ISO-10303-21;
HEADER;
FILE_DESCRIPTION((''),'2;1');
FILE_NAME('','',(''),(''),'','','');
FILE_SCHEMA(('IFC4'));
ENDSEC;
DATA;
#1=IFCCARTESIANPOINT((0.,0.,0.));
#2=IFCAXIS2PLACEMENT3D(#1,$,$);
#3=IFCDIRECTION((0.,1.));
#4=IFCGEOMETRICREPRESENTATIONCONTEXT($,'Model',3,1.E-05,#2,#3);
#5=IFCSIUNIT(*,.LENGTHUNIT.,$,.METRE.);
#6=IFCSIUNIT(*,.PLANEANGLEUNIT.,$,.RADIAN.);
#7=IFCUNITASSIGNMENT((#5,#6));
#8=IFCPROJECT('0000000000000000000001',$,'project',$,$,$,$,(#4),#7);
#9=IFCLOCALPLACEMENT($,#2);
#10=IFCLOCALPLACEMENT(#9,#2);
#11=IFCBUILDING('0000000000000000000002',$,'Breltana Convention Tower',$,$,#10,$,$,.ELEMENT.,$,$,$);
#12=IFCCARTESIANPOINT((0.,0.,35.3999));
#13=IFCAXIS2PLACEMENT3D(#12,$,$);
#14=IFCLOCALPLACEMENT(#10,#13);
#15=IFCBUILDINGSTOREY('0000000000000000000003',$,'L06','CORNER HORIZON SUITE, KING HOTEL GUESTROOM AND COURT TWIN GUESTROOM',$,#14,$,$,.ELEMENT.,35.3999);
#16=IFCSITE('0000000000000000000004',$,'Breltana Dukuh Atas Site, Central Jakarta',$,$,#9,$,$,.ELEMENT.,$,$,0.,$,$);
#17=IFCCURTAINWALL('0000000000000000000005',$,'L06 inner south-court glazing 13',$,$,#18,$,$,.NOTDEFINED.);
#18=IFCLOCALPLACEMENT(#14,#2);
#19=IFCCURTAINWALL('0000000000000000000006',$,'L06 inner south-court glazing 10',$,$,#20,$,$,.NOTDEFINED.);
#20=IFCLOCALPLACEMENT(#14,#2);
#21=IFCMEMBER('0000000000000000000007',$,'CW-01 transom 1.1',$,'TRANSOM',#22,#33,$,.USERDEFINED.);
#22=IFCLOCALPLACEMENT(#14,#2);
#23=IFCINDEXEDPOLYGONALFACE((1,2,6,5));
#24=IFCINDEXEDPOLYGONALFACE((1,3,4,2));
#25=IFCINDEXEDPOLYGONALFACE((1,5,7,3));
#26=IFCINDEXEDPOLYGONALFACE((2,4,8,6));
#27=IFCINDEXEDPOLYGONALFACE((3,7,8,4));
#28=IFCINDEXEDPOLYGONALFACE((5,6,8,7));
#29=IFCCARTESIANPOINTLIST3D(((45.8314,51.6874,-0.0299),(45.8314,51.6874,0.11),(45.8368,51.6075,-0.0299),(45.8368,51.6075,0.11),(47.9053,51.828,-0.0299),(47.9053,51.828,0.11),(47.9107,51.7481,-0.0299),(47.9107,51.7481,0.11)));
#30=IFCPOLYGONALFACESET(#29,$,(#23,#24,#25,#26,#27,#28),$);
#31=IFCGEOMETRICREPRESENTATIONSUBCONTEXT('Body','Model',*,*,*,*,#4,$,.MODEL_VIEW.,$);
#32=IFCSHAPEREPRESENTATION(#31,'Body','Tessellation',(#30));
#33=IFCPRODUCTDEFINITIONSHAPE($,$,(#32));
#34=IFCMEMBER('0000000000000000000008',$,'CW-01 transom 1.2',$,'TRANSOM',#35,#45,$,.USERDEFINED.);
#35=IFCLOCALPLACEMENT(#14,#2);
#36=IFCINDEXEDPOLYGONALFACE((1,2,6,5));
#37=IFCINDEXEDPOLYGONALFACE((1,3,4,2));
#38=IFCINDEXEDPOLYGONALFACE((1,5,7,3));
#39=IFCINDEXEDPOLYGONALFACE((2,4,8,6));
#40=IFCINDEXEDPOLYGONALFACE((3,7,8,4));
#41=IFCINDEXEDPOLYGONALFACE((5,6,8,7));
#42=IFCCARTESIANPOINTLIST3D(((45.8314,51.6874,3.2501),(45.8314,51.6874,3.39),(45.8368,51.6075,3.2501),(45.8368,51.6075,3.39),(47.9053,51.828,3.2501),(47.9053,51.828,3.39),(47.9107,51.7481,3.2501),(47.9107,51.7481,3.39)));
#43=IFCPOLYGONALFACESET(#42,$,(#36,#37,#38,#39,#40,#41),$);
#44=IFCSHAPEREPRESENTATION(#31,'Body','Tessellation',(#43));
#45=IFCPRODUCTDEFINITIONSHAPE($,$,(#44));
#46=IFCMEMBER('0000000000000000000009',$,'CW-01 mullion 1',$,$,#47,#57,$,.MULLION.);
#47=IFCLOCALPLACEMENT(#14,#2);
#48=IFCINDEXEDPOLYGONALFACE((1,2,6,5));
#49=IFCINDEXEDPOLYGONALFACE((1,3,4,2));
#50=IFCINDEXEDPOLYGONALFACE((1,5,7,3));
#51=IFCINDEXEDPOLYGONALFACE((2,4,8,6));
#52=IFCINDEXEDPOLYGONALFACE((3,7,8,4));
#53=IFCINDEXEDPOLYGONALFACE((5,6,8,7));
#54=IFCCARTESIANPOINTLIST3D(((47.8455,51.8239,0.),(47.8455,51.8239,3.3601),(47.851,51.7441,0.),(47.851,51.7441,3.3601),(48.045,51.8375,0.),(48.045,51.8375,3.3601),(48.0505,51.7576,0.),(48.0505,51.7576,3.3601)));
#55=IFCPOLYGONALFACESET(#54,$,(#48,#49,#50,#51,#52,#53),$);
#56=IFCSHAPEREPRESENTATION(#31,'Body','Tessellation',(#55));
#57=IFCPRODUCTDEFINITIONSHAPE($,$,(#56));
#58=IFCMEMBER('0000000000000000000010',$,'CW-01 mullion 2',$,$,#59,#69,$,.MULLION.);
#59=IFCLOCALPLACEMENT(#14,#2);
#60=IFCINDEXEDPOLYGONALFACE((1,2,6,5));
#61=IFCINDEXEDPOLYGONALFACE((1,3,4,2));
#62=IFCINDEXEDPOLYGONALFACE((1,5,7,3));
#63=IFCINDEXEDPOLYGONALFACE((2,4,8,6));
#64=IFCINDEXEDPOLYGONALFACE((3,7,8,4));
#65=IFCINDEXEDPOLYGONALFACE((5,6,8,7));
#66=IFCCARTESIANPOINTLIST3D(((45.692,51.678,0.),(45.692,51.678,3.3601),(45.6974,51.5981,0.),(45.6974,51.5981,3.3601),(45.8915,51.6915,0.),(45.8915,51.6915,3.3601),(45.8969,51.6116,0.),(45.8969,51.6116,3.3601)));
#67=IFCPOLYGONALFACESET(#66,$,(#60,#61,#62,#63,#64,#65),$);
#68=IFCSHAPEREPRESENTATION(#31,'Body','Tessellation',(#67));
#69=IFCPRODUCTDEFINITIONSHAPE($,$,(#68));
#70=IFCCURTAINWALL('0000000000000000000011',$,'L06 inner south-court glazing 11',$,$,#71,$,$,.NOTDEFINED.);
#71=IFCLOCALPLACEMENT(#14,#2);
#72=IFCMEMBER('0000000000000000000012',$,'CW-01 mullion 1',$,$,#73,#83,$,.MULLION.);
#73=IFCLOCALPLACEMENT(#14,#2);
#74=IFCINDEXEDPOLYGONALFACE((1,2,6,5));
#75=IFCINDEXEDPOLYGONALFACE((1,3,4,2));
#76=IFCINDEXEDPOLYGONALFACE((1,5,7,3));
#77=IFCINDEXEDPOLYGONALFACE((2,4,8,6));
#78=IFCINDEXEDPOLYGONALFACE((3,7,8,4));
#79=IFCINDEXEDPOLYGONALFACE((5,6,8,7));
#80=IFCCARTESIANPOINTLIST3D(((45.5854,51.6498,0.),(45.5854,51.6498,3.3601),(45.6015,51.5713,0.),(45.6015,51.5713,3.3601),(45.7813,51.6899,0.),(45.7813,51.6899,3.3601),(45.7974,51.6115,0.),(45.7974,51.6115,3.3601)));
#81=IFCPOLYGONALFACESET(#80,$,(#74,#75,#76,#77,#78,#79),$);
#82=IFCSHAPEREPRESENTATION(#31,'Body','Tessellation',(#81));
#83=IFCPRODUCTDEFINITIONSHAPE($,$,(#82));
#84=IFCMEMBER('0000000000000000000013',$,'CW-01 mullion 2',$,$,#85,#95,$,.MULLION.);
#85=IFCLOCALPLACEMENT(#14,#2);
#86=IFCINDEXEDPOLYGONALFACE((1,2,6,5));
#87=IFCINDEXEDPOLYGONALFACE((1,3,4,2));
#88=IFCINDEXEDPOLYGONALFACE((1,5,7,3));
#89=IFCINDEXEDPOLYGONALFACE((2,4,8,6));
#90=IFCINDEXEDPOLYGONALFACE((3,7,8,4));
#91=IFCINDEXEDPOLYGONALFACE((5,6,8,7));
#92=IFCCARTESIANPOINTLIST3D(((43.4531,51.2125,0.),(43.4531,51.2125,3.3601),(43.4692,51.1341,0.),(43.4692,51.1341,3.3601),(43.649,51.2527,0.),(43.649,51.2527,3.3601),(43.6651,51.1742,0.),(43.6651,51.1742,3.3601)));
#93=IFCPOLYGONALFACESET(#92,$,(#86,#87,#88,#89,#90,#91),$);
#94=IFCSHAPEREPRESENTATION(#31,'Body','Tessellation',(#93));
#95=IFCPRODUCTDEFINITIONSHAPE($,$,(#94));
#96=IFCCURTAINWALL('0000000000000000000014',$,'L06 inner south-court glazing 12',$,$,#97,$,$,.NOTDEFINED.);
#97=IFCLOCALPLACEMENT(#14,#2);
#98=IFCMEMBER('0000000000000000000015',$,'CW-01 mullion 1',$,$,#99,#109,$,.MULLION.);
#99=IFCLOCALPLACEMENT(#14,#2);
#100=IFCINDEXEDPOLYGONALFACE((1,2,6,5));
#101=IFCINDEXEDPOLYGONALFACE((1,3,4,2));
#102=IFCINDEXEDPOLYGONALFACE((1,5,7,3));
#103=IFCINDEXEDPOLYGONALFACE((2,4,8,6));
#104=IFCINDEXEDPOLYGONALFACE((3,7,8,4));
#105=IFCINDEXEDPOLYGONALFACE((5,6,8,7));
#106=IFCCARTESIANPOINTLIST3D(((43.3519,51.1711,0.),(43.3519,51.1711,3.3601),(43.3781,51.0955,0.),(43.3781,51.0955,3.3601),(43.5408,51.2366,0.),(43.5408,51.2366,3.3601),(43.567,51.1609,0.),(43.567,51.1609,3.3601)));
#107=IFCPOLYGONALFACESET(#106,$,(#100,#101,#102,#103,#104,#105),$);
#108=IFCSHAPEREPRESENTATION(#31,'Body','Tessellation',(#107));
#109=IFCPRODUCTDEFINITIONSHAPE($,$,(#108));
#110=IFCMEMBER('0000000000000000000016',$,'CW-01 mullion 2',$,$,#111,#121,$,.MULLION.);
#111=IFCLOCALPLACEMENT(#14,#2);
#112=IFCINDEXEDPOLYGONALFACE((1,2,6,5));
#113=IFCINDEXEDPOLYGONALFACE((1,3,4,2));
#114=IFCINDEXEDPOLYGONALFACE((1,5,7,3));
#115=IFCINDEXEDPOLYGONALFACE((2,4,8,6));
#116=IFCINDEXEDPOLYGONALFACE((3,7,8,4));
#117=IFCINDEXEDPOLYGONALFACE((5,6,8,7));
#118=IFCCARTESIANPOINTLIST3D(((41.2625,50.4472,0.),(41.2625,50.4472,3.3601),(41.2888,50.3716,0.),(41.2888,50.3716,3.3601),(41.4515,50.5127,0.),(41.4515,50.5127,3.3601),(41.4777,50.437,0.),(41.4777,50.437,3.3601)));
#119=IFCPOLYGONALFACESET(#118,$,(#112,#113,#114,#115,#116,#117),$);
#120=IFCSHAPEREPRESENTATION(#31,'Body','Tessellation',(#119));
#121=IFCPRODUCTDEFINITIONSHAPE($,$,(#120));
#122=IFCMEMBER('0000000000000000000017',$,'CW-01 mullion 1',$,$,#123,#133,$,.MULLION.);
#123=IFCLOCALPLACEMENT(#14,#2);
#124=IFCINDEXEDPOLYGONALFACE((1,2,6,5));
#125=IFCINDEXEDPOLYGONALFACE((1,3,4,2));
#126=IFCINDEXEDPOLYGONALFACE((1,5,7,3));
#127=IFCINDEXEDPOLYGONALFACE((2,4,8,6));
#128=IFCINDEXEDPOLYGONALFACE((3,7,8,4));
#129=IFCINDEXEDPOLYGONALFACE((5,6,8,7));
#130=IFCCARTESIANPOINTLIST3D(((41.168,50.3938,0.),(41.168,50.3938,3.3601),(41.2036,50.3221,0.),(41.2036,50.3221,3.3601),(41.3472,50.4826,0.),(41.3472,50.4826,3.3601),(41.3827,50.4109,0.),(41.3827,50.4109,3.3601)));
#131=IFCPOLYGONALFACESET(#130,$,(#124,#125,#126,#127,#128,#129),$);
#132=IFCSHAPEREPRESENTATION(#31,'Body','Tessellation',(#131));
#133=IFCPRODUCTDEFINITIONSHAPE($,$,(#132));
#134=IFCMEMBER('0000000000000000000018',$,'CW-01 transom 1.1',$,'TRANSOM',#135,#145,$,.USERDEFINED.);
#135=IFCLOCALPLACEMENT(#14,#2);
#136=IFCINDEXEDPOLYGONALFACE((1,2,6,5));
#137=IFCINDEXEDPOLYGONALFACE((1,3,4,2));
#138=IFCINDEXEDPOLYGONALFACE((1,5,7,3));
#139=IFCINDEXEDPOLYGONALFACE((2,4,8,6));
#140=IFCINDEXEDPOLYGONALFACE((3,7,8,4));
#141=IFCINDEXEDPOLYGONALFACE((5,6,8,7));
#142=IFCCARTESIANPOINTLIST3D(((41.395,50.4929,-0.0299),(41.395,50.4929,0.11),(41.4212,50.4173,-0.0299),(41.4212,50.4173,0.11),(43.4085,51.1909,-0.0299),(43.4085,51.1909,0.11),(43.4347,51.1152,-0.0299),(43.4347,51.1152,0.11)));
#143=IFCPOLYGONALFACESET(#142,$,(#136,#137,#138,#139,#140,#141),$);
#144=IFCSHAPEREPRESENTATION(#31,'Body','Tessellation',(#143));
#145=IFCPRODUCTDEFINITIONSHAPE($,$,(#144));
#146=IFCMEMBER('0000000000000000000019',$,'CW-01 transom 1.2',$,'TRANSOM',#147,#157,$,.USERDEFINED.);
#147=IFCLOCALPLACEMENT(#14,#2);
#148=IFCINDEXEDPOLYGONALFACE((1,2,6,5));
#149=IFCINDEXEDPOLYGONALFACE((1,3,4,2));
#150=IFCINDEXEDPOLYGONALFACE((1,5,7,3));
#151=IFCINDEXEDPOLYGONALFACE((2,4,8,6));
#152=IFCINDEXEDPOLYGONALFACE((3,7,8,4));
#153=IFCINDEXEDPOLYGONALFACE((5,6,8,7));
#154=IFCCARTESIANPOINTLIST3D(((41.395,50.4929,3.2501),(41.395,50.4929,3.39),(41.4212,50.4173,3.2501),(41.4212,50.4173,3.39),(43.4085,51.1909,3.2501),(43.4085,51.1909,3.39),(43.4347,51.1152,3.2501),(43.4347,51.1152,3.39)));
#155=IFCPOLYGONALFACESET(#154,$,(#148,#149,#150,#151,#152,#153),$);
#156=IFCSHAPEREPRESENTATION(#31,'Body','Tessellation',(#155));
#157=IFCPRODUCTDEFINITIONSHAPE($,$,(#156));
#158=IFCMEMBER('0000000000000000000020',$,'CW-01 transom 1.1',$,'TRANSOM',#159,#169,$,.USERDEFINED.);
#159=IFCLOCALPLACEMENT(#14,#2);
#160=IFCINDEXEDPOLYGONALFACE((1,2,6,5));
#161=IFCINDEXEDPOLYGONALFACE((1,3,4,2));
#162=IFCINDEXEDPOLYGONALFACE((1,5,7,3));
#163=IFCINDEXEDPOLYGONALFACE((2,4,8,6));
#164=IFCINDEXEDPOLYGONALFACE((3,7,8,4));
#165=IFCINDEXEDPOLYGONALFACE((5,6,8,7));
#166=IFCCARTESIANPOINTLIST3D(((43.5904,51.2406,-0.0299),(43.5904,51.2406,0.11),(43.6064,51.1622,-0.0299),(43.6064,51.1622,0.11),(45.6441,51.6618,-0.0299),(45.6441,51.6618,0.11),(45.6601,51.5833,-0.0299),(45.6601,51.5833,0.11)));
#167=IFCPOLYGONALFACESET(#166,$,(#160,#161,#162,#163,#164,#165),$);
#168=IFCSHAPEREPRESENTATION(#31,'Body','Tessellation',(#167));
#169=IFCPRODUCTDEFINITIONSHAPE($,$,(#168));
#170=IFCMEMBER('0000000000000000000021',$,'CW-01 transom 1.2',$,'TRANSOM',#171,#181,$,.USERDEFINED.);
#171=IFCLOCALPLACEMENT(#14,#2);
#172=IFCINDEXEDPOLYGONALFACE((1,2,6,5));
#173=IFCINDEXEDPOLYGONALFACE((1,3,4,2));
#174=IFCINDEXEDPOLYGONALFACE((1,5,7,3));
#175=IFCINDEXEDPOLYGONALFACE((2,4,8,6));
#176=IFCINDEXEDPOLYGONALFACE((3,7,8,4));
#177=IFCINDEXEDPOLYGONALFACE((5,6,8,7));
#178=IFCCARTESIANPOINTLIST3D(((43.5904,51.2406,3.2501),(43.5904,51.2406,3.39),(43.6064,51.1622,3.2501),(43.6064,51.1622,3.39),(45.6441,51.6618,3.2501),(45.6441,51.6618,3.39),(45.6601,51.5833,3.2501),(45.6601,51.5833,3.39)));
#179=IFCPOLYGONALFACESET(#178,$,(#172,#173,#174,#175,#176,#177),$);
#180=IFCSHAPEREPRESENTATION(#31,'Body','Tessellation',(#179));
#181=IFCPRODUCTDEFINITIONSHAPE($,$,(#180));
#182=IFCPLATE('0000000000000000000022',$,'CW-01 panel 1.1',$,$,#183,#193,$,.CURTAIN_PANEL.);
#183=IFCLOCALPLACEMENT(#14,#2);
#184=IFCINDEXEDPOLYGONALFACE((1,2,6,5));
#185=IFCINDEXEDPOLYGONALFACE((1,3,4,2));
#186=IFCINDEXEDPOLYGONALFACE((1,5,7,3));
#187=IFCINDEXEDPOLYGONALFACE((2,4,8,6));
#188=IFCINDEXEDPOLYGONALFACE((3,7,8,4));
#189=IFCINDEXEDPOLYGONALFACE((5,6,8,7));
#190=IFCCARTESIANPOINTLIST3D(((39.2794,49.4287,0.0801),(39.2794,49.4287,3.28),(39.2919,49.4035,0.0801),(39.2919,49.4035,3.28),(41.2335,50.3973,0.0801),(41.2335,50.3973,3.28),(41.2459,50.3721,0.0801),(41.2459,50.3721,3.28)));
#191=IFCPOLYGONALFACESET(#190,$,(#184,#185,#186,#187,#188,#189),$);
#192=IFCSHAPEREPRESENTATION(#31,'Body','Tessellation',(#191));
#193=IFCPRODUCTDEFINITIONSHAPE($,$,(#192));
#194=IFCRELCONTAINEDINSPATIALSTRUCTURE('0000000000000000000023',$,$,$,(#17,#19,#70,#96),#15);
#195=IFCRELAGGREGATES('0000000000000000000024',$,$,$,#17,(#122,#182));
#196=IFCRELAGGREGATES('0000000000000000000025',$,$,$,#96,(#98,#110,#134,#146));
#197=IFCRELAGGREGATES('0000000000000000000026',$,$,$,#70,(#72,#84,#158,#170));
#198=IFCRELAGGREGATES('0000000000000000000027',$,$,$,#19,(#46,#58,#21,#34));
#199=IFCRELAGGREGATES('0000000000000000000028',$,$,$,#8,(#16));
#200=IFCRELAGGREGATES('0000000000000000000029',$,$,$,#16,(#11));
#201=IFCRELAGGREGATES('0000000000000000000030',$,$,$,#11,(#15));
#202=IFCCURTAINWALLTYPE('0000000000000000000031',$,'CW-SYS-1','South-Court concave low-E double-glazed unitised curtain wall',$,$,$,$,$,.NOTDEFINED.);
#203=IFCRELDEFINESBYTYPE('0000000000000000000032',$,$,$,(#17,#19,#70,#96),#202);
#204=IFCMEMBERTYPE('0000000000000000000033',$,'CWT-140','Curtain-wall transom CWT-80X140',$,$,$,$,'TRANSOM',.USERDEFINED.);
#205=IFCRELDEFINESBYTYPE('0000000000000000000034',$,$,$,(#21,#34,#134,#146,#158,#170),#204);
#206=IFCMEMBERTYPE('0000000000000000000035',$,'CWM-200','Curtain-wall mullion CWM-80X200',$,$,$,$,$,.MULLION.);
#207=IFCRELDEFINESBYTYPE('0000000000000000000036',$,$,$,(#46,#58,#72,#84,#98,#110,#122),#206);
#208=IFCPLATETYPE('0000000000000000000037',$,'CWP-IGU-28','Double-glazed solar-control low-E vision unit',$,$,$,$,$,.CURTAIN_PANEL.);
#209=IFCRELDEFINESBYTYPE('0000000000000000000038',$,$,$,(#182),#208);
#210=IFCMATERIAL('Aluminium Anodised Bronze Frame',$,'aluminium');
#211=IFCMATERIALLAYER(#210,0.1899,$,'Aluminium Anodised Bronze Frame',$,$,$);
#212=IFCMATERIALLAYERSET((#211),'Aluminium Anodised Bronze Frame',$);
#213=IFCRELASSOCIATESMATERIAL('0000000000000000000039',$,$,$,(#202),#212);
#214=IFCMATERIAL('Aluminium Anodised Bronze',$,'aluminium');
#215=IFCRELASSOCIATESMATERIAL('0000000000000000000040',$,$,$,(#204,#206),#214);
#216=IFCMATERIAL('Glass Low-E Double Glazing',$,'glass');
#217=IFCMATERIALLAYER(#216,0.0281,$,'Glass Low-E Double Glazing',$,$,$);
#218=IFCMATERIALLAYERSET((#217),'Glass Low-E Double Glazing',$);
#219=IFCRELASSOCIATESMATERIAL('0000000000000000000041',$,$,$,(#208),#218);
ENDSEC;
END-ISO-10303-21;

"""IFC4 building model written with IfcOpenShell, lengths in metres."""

from ifc_helpers import new_model, si_unit, direction, frame, origin, origin_2d, place, context, subcontext, project, spatial, rectangle, extrude, source, transform, mapped, material, layer, layer_set, material_profile, profile_set, type_object, element, aggregate, save


model = new_model("IFC4")

# Units and contexts
model_context = context("Model", 3, precision=1e-05, world=origin(), true_north=direction((0.0, 1.0)))
body_context = subcontext(model_context, "Body", "Model", "MODEL_VIEW")
ifc_project = project(units=[si_unit("LENGTHUNIT", "METRE"), si_unit("PLANEANGLEUNIT", "RADIAN")], contexts=[model_context])

# Site, building, storey
site_placement = place(None, origin())
site = spatial("IfcSite", under=ifc_project, at=site_placement, Name="Breltana Dukuh Atas Site, Central Jakarta", CompositionType="ELEMENT", RefElevation=0.0)
building_placement = place(site_placement, origin())
building = spatial("IfcBuilding", under=site, at=building_placement, Name="Breltana Convention Tower", CompositionType="ELEMENT")
storey_placement = place(building_placement, frame((0.0, 0.0, 35.3999)))
storey = spatial("IfcBuildingStorey", under=building, at=storey_placement, Name="L06", Description="CORNER HORIZON SUITE, KING HOTEL GUESTROOM AND COURT TWIN GUESTROOM", CompositionType="ELEMENT", Elevation=35.3999)

# Curtain walls, members
ifc_material_1 = material(Name="Aluminium Anodised Bronze Frame", Category="aluminium")
ifc_layer_1 = layer(ifc_material_1, 0.1899, Name="Aluminium Anodised Bronze Frame")
ifc_layer_set_1 = layer_set([ifc_layer_1], Name="Aluminium Anodised Bronze Frame")
curtain_wall_type = type_object("IfcCurtainWallType", Name="CW-SYS-1", Description="South-Court concave low-E double-glazed unitised curtain wall", PredefinedType="NOTDEFINED", material=ifc_layer_set_1)
curtain_wall_1_placement = place(storey_placement, origin())
curtain_wall_1 = element("IfcCurtainWall", 1, at=curtain_wall_1_placement, inside=storey, type_object=curtain_wall_type, Name="L06 inner south-court glazing 13", PredefinedType="NOTDEFINED")
ifc_material_2 = material(Name="Aluminium Anodised Bronze", Category="aluminium")
ifc_material_profile_1 = material_profile(ifc_material_2, rectangle(XDim=0.0801, YDim=0.1399, at=origin_2d()), Name="CWT-80X140")
ifc_profile_set_1 = profile_set([ifc_material_profile_1], Name="Aluminium Anodised Bronze")
member_type_1 = type_object("IfcMemberType", Name="CWT-140", Description="Curtain-wall transom CWT-80X140", ElementType="TRANSOM", PredefinedType="USERDEFINED", material=ifc_profile_set_1)
curtain_wall_2_placement = place(storey_placement, origin())
curtain_wall_2 = element("IfcCurtainWall", 2, at=curtain_wall_2_placement, inside=storey, type_object=curtain_wall_type, Name="L06 inner south-court glazing 10", PredefinedType="NOTDEFINED")
shared_shape_1 = source(origin(), body_context, "Body", "SweptSolid", [
    extrude(rectangle(XDim=0.0801, YDim=0.1399, at=origin_2d()), origin(), (0.0, 0.0, 1.0), 2.0786),
])
member_1_placement = place(storey_placement, frame((47.908, 51.7881, 0.04), z_axis=(-0.997709, -0.067657, 0.0), x_axis=(0.067657, -0.997709, 0.0)))
member_1 = element("IfcMember", 3, at=member_1_placement, type_object=member_type_1, Name="CW-01 transom 1.1", ObjectType="TRANSOM", PredefinedType="USERDEFINED", context=body_context, shape_type="MappedRepresentation", body=[
    mapped(shared_shape_1, transform((0.0, 0.0, 0.0), scale=1.0)),
])
member_2_placement = place(storey_placement, frame((47.908, 51.7881, 3.3201), z_axis=(-0.997709, -0.067657, 0.0), x_axis=(0.067657, -0.997709, 0.0)))
member_2 = element("IfcMember", 4, at=member_2_placement, type_object=member_type_1, Name="CW-01 transom 1.2", ObjectType="TRANSOM", PredefinedType="USERDEFINED", context=body_context, shape_type="MappedRepresentation", body=[
    mapped(shared_shape_1, transform((0.0, 0.0, 0.0), scale=1.0)),
])
ifc_material_profile_2 = material_profile(ifc_material_2, rectangle(XDim=0.0801, YDim=0.2, at=origin_2d()), Name="CWM-80X200")
ifc_profile_set_2 = profile_set([ifc_material_profile_2], Name="Aluminium Anodised Bronze")
member_type_2 = type_object("IfcMemberType", Name="CWM-200", Description="Curtain-wall mullion CWM-80X200", PredefinedType="MULLION", material=ifc_profile_set_2)
shared_shape_2 = source(origin(), body_context, "Body", "SweptSolid", [
    extrude(rectangle(XDim=0.0801, YDim=0.2, at=origin_2d()), origin(), (0.0, 0.0, 1.0), 3.3601),
])
member_3_placement = place(storey_placement, frame((47.948, 51.7908, 0.0), z_axis=(0.0, 0.0, 1.0), x_axis=(0.067726, -0.997704, 0.0)))
member_3 = element("IfcMember", 5, at=member_3_placement, type_object=member_type_2, Name="CW-01 mullion 1", PredefinedType="MULLION", context=body_context, shape_type="MappedRepresentation", body=[
    mapped(shared_shape_2, transform((0.0, 0.0, 0.0), scale=1.0)),
])
member_4_placement = place(storey_placement, frame((45.7944, 51.6448, 0.0), z_axis=(0.0, 0.0, 1.0), x_axis=(0.067726, -0.997704, 0.0)))
member_4 = element("IfcMember", 6, at=member_4_placement, type_object=member_type_2, Name="CW-01 mullion 2", PredefinedType="MULLION", context=body_context, shape_type="MappedRepresentation", body=[
    mapped(shared_shape_2, transform((0.0, 0.0, 0.0), scale=1.0)),
])
curtain_wall_3_placement = place(storey_placement, origin())
curtain_wall_3 = element("IfcCurtainWall", 7, at=curtain_wall_3_placement, inside=storey, type_object=curtain_wall_type, Name="L06 inner south-court glazing 11", PredefinedType="NOTDEFINED")
member_5_placement = place(storey_placement, frame((45.6914, 51.6306, 0.0), z_axis=(0.0, 0.0, 1.0), x_axis=(0.200886, -0.979615, 0.0)))
member_5 = element("IfcMember", 8, at=member_5_placement, type_object=member_type_2, Name="CW-01 mullion 1", PredefinedType="MULLION", context=body_context, shape_type="MappedRepresentation", body=[
    mapped(shared_shape_2, transform((0.0, 0.0, 0.0), scale=1.0)),
])
member_6_placement = place(storey_placement, frame((43.5591, 51.1934, 0.0), z_axis=(0.0, 0.0, 1.0), x_axis=(0.200886, -0.979615, 0.0)))
member_6 = element("IfcMember", 9, at=member_6_placement, type_object=member_type_2, Name="CW-01 mullion 2", PredefinedType="MULLION", context=body_context, shape_type="MappedRepresentation", body=[
    mapped(shared_shape_2, transform((0.0, 0.0, 0.0), scale=1.0)),
])
curtain_wall_4_placement = place(storey_placement, origin())
curtain_wall_4 = element("IfcCurtainWall", 10, at=curtain_wall_4_placement, inside=storey, type_object=curtain_wall_type, Name="L06 inner south-court glazing 12", PredefinedType="NOTDEFINED")
member_7_placement = place(storey_placement, frame((43.4595, 51.166, 0.0), z_axis=(0.0, 0.0, 1.0), x_axis=(0.327413, -0.944881, 0.0)))
member_7 = element("IfcMember", 11, at=member_7_placement, type_object=member_type_2, Name="CW-01 mullion 1", PredefinedType="MULLION", context=body_context, shape_type="MappedRepresentation", body=[
    mapped(shared_shape_2, transform((0.0, 0.0, 0.0), scale=1.0)),
])
member_8_placement = place(storey_placement, frame((41.3701, 50.4421, 0.0), z_axis=(0.0, 0.0, 1.0), x_axis=(0.327413, -0.944881, 0.0)))
member_8 = element("IfcMember", 12, at=member_8_placement, type_object=member_type_2, Name="CW-01 mullion 2", PredefinedType="MULLION", context=body_context, shape_type="MappedRepresentation", body=[
    mapped(shared_shape_2, transform((0.0, 0.0, 0.0), scale=1.0)),
])

# Members
member_9_placement = place(storey_placement, frame((41.2754, 50.4023, 0.0), z_axis=(0.0, 0.0, 1.0), x_axis=(0.444118, -0.895968, 0.0)))
member_9 = element("IfcMember", 13, at=member_9_placement, type_object=member_type_2, Name="CW-01 mullion 1", PredefinedType="MULLION", context=body_context, shape_type="MappedRepresentation", body=[
    mapped(shared_shape_2, transform((0.0, 0.0, 0.0), scale=1.0)),
])
shared_shape_3 = source(origin(), body_context, "Body", "SweptSolid", [
    extrude(rectangle(XDim=0.0801, YDim=0.1399, at=origin_2d()), origin(), (0.0, 0.0, 1.0), 2.1311),
])
member_10_placement = place(storey_placement, frame((43.4216, 51.1531, 0.04), z_axis=(-0.944847, -0.327512, 0.0), x_axis=(0.327512, -0.944847, 0.0)))
member_10 = element("IfcMember", 14, at=member_10_placement, type_object=member_type_1, Name="CW-01 transom 1.1", ObjectType="TRANSOM", PredefinedType="USERDEFINED", context=body_context, shape_type="MappedRepresentation", body=[
    mapped(shared_shape_3, transform((0.0, 0.0, 0.0), scale=1.0)),
])
member_11_placement = place(storey_placement, frame((43.4216, 51.1531, 3.3201), z_axis=(-0.944847, -0.327512, 0.0), x_axis=(0.327512, -0.944847, 0.0)))
member_11 = element("IfcMember", 15, at=member_11_placement, type_object=member_type_1, Name="CW-01 transom 1.2", ObjectType="TRANSOM", PredefinedType="USERDEFINED", context=body_context, shape_type="MappedRepresentation", body=[
    mapped(shared_shape_3, transform((0.0, 0.0, 0.0), scale=1.0)),
])
shared_shape_4 = source(origin(), body_context, "Body", "SweptSolid", [
    extrude(rectangle(XDim=0.0801, YDim=0.1399, at=origin_2d()), origin(), (0.0, 0.0, 1.0), 2.0964),
])
member_12_placement = place(storey_placement, frame((45.6521, 51.6226, 0.04), z_axis=(-0.979615, -0.200884, 0.0), x_axis=(0.200884, -0.979615, 0.0)))
member_12 = element("IfcMember", 16, at=member_12_placement, type_object=member_type_1, Name="CW-01 transom 1.1", ObjectType="TRANSOM", PredefinedType="USERDEFINED", context=body_context, shape_type="MappedRepresentation", body=[
    mapped(shared_shape_4, transform((0.0, 0.0, 0.0), scale=1.0)),
])
member_13_placement = place(storey_placement, frame((45.6521, 51.6226, 3.3201), z_axis=(-0.979615, -0.200884, 0.0), x_axis=(0.200884, -0.979615, 0.0)))
member_13 = element("IfcMember", 17, at=member_13_placement, type_object=member_type_1, Name="CW-01 transom 1.2", ObjectType="TRANSOM", PredefinedType="USERDEFINED", context=body_context, shape_type="MappedRepresentation", body=[
    mapped(shared_shape_4, transform((0.0, 0.0, 0.0), scale=1.0)),
])

# Plate
ifc_material_3 = material(Name="Glass Low-E Double Glazing", Category="glass")
ifc_layer_2 = layer(ifc_material_3, 0.0281, Name="Glass Low-E Double Glazing")
ifc_layer_set_2 = layer_set([ifc_layer_2], Name="Glass Low-E Double Glazing")
plate_type = type_object("IfcPlateType", Name="CWP-IGU-28", Description="Double-glazed solar-control low-E vision unit", PredefinedType="CURTAIN_PANEL", material=ifc_layer_set_2)
shared_shape_5 = source(origin(), body_context, "Body", "SweptSolid", [
    extrude(rectangle(XDim=2.1809, YDim=0.0281, at=origin_2d()), origin(), (0.0, 0.0, 1.0), 3.2),
])
plate_1_placement = place(storey_placement, frame((40.2627, 49.9004, 0.0801), z_axis=(0.0, 0.0, 1.0), x_axis=(-0.895968, -0.444118, 0.0)))
plate_1 = element("IfcPlate", 18, at=plate_1_placement, type_object=plate_type, Name="CW-01 panel 1.1", PredefinedType="CURTAIN_PANEL", context=body_context, shape_type="MappedRepresentation", body=[
    mapped(shared_shape_5, transform((0.0, 0.0, 0.0), scale=1.0)),
])
aggregate(curtain_wall_1, [member_9, plate_1])
aggregate(curtain_wall_4, [member_7, member_8, member_10, member_11])
aggregate(curtain_wall_3, [member_5, member_6, member_12, member_13])
aggregate(curtain_wall_2, [member_3, member_4, member_1, member_2])

save(model, "model.ifc")
